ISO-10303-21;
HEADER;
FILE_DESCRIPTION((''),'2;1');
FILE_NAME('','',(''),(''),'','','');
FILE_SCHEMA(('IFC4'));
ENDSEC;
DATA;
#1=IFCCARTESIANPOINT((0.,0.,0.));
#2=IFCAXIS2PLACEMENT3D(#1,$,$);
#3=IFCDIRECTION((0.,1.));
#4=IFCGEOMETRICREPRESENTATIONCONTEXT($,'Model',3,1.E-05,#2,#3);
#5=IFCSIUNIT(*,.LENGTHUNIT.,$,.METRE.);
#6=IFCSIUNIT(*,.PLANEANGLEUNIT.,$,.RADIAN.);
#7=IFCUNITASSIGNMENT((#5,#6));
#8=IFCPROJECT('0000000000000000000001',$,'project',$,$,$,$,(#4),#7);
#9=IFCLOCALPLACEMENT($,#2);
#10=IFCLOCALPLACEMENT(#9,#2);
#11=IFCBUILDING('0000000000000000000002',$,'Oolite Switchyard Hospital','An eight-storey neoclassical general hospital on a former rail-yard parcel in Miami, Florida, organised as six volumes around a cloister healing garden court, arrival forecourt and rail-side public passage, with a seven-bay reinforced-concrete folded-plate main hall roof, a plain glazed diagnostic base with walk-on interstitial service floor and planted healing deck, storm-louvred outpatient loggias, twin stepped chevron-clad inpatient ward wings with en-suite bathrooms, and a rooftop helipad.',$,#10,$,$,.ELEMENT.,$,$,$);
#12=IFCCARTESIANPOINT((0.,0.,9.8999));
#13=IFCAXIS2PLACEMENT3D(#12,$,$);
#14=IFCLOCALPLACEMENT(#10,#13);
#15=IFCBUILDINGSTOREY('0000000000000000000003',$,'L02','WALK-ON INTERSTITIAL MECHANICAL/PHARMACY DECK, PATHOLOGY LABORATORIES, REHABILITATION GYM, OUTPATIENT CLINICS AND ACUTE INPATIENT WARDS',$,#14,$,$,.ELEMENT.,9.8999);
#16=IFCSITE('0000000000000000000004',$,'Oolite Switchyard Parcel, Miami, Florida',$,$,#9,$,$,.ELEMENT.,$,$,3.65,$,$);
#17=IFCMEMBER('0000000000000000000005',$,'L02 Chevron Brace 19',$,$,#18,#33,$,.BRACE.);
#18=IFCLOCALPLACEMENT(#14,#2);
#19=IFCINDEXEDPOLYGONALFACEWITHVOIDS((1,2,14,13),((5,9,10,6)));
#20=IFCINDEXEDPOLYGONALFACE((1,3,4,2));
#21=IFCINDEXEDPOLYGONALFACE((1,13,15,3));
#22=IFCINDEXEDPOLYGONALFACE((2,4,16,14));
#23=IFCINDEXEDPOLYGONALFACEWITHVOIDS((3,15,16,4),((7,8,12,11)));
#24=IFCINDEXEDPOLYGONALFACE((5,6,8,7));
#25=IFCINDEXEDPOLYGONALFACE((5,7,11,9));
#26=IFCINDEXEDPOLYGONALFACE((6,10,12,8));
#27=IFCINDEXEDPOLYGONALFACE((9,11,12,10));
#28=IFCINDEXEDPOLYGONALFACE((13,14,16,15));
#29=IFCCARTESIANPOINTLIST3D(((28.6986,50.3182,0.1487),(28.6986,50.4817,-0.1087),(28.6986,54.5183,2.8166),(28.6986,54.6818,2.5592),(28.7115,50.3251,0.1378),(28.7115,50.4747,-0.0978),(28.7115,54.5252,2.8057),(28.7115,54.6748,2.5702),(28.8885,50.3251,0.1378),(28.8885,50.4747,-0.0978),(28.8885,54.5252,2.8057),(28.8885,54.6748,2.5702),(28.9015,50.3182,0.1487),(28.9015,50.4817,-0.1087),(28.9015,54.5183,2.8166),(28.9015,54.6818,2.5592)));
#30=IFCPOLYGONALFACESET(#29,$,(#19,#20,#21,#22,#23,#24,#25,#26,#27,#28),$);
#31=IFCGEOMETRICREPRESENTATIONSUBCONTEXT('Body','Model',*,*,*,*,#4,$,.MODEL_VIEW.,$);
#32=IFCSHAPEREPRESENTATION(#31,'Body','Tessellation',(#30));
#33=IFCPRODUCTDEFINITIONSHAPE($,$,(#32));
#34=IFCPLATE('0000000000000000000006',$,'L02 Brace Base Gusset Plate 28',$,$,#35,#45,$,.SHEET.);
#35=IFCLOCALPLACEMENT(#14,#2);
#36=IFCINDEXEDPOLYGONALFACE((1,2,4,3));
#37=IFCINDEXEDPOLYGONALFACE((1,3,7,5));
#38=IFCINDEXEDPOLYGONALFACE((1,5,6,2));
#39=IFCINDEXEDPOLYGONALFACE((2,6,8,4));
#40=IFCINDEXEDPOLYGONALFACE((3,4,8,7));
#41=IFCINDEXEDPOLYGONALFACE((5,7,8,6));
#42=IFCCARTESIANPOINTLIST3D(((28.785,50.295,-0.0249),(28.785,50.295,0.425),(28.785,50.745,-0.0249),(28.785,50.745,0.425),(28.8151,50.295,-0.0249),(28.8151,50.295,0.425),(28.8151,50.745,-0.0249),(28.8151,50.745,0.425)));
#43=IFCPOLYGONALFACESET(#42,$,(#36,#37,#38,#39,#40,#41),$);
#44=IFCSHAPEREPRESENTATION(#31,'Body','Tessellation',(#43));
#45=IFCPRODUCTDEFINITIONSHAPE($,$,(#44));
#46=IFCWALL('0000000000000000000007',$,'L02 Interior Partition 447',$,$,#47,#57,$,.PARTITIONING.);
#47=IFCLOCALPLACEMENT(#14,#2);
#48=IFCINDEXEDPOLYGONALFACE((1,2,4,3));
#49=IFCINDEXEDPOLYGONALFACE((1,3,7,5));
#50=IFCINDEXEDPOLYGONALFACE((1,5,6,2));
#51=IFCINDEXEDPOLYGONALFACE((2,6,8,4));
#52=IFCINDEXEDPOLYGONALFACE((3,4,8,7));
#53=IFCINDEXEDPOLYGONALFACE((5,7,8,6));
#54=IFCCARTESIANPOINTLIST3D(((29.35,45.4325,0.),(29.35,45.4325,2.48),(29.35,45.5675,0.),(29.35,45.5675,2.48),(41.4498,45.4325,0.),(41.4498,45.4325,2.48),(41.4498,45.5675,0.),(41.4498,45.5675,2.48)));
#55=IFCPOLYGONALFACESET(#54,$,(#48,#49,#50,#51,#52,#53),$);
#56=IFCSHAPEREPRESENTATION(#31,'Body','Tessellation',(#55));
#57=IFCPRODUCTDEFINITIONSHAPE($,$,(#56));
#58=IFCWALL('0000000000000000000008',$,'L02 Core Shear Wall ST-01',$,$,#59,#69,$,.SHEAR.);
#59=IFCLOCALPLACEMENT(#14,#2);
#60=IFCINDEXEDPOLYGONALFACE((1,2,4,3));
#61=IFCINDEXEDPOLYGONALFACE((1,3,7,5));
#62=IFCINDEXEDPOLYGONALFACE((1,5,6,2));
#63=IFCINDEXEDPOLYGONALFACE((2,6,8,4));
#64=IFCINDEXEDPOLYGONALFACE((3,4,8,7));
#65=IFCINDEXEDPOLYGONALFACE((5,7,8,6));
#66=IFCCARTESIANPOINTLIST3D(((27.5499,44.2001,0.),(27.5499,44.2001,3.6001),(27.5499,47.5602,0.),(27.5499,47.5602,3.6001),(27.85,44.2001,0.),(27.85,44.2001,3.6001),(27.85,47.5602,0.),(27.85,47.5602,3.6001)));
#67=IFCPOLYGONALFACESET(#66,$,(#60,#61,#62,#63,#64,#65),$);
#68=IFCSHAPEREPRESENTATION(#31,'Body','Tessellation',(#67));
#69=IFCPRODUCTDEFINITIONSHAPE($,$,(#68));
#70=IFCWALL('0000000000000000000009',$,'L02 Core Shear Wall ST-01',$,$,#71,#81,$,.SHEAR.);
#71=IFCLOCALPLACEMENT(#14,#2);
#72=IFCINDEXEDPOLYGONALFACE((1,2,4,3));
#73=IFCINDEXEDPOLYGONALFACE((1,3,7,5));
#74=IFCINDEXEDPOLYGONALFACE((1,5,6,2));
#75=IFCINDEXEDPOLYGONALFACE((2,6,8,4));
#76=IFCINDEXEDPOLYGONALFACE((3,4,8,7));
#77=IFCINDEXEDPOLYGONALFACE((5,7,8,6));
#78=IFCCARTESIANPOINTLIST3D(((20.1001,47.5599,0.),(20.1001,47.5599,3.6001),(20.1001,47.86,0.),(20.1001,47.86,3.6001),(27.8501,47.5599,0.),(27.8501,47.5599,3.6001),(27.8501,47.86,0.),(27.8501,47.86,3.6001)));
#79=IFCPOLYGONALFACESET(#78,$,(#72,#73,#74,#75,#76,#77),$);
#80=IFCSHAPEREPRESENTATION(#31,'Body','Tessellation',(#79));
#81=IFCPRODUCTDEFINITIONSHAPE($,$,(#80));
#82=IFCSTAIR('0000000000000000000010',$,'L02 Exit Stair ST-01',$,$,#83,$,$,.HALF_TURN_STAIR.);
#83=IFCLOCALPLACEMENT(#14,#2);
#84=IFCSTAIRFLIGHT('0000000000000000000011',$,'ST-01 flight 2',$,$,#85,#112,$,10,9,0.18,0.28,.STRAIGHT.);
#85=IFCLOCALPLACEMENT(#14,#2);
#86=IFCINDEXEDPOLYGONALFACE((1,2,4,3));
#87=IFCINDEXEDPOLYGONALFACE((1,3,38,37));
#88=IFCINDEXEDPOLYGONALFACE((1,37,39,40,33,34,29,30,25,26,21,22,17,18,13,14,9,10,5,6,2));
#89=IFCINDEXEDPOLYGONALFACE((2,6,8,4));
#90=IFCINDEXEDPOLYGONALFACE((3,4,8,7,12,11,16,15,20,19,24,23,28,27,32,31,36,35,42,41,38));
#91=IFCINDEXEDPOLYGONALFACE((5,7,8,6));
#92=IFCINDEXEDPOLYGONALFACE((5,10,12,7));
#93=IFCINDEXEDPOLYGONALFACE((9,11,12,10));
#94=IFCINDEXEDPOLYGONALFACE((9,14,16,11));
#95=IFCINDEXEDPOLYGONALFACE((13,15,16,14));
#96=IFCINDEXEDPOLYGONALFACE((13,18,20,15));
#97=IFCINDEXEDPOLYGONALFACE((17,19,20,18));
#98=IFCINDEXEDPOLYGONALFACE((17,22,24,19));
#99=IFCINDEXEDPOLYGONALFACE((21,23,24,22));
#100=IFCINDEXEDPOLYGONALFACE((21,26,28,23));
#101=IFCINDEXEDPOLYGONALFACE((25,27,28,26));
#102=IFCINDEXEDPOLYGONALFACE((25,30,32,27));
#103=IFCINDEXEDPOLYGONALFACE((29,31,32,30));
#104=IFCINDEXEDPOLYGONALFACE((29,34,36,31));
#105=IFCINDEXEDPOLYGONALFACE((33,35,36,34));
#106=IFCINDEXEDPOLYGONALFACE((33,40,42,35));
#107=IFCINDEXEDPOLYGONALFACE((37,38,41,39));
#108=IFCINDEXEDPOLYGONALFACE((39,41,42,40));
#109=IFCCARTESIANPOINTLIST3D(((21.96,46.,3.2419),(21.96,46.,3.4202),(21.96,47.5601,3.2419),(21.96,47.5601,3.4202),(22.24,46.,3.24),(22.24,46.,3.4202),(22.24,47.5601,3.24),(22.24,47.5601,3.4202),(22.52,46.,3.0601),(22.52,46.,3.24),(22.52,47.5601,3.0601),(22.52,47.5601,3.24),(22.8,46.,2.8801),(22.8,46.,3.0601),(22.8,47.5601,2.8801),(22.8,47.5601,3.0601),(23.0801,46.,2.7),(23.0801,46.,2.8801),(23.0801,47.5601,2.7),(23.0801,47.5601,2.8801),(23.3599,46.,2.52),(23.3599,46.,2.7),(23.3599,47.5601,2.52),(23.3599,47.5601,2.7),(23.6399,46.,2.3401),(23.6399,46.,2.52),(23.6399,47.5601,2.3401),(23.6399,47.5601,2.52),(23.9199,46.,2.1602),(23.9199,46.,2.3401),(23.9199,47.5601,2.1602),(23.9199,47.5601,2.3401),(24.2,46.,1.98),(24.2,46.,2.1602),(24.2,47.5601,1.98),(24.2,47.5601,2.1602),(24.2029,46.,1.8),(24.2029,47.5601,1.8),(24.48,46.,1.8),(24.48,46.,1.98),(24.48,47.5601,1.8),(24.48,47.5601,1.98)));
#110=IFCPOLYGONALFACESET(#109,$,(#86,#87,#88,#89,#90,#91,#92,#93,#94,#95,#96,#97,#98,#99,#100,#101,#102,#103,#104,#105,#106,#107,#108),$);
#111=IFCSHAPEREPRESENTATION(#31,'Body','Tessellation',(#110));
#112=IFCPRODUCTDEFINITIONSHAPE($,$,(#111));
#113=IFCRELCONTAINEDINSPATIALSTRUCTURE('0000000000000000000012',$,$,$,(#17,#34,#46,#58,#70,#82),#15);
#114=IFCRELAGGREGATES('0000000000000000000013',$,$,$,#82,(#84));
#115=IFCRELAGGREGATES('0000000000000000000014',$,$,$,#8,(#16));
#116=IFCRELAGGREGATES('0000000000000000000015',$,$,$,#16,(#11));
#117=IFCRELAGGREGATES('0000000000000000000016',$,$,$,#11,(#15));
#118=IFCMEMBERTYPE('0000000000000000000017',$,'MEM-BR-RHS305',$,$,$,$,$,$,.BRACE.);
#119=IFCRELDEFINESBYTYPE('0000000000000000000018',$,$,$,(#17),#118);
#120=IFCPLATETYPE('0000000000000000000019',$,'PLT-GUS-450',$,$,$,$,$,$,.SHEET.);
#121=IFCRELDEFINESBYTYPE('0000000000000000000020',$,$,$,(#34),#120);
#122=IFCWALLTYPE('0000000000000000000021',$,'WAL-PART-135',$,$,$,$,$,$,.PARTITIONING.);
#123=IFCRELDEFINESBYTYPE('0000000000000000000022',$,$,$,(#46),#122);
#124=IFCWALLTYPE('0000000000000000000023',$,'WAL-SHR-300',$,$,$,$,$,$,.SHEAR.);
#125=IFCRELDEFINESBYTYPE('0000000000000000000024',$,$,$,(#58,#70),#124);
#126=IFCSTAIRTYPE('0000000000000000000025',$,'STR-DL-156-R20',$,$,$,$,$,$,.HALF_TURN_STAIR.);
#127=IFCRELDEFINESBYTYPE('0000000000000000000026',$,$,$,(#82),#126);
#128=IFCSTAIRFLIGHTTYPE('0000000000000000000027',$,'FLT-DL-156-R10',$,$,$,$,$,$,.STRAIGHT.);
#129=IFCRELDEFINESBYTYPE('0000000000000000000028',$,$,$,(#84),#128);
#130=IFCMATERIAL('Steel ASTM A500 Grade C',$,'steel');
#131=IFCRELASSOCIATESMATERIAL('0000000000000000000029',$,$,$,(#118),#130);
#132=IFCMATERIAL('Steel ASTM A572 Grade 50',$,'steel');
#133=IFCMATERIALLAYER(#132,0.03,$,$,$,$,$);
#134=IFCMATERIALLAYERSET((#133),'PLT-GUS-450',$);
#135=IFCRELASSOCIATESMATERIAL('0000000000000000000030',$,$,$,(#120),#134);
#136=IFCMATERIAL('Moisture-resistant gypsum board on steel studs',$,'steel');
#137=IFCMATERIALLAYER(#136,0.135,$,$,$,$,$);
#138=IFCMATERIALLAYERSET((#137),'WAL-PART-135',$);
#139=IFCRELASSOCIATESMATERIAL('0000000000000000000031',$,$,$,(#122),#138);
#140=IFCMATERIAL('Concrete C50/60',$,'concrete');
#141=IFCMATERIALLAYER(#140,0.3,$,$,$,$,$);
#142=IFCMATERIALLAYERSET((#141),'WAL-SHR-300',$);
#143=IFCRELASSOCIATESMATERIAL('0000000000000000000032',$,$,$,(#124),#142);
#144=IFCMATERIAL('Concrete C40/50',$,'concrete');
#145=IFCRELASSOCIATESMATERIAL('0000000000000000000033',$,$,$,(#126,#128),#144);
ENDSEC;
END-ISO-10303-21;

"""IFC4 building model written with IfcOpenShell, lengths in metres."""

from ifc_helpers import new_model, si_unit, direction, frame, frame_2d, origin, origin_2d, place, context, subcontext, project, spatial, polyline, rectangle, hollow_rectangle, outline, extrude, material, layer, layer_set, material_profile, profile_set, type_object, element, aggregate, save


model = new_model("IFC4")

# Units and contexts
model_context = context("Model", 3, precision=1e-05, world=origin(), true_north=direction((0.0, 1.0)))
body_context = subcontext(model_context, "Body", "Model", "MODEL_VIEW")
ifc_project = project(units=[si_unit("LENGTHUNIT", "METRE"), si_unit("PLANEANGLEUNIT", "RADIAN")], contexts=[model_context])

# Site, building, storey
site_placement = place(None, origin())
site = spatial("IfcSite", under=ifc_project, at=site_placement, Name="Oolite Switchyard Parcel, Miami, Florida", CompositionType="ELEMENT", RefElevation=3.65)
building_placement = place(site_placement, origin())
building = spatial("IfcBuilding", under=site, at=building_placement, Name="Oolite Switchyard Hospital", Description="An eight-storey neoclassical general hospital on a former rail-yard parcel in Miami, Florida, organised as six volumes around a cloister healing garden court, arrival forecourt and rail-side public passage, with a seven-bay reinforced-concrete folded-plate main hall roof, a plain glazed diagnostic base with walk-on interstitial service floor and planted healing deck, storm-louvred outpatient loggias, twin stepped chevron-clad inpatient ward wings with en-suite bathrooms, and a rooftop helipad.", CompositionType="ELEMENT")
storey_placement = place(building_placement, frame((0.0, 0.0, 9.8999)))
storey = spatial("IfcBuildingStorey", under=building, at=storey_placement, Name="L02", Description="WALK-ON INTERSTITIAL MECHANICAL/PHARMACY DECK, PATHOLOGY LABORATORIES, REHABILITATION GYM, OUTPATIENT CLINICS AND ACUTE INPATIENT WARDS", CompositionType="ELEMENT", Elevation=9.8999)

# Shared definitions
ifc_material_1 = material(Name="Concrete C50/60", Category="concrete")

# Shared definitions
ifc_material_2 = material(Name="Concrete C40/50", Category="concrete")

# Member
ifc_material_3 = material(Name="Steel ASTM A500 Grade C", Category="steel")
ifc_material_profile_1 = material_profile(ifc_material_3, hollow_rectangle(XDim=0.2029, YDim=0.3049, WallThickness=0.0129, at=origin_2d()), Name="HSS305X203X13")
ifc_profile_set_1 = profile_set([ifc_material_profile_1], Name="Steel ASTM A500 Grade C")
member_type = type_object("IfcMemberType", Name="MEM-BR-RHS305", PredefinedType="BRACE", material=ifc_profile_set_1)
member_placement = place(storey_placement, frame((28.8, 50.3999, 0.02), z_axis=(0.0, 0.844106, 0.536177), x_axis=(-1.0, 0.0, 0.0)))
element("IfcMember", 1, at=member_placement, inside=storey, type_object=member_type, Name="L02 Chevron Brace 19", PredefinedType="BRACE", context=body_context, shape_type="SweptSolid", body=[
    extrude(hollow_rectangle(XDim=0.2029, YDim=0.3049, WallThickness=0.0129, at=origin_2d()), origin(), (0.0, 0.0, 1.0), 4.9758),
])

# Plate
ifc_material_4 = material(Name="Steel ASTM A572 Grade 50", Category="steel")
ifc_layer_1 = layer(ifc_material_4, 0.03)
ifc_layer_set_1 = layer_set([ifc_layer_1], Name="PLT-GUS-450")
plate_type = type_object("IfcPlateType", Name="PLT-GUS-450", PredefinedType="SHEET", material=ifc_layer_set_1)
plate_placement = place(storey_placement, frame((28.8, 50.52, -0.0249), z_axis=(0.0, 0.0, 1.0), x_axis=(0.0, 1.0, 0.0)))
element("IfcPlate", 2, at=plate_placement, inside=storey, type_object=plate_type, Name="L02 Brace Base Gusset Plate 28", PredefinedType="SHEET", context=body_context, shape_type="SweptSolid", body=[
    extrude(rectangle(XDim=0.45, YDim=0.03, at=origin_2d()), origin(), (0.0, 0.0, 1.0), 0.45),
])

# Wall
ifc_material_5 = material(Name="Moisture-resistant gypsum board on steel studs", Category="steel")
ifc_layer_2 = layer(ifc_material_5, 0.135)
ifc_layer_set_2 = layer_set([ifc_layer_2], Name="WAL-PART-135")
wall_type_1 = type_object("IfcWallType", Name="WAL-PART-135", PredefinedType="PARTITIONING", material=ifc_layer_set_2)
wall_1_placement = place(storey_placement, frame((29.3501, 45.5, 0.0), z_axis=(0.0, 0.0, 1.0), x_axis=(1.0, 0.0, 0.0)))
element("IfcWall", 3, at=wall_1_placement, inside=storey, type_object=wall_type_1, Name="L02 Interior Partition 447", PredefinedType="PARTITIONING", context=body_context, shape_type="SweptSolid", body=[
    extrude(rectangle(XDim=12.0999, YDim=0.135, at=frame_2d((6.0498, 0.0))), origin(), (0.0, 0.0, 1.0), 2.48),
])

# Walls
ifc_layer_3 = layer(ifc_material_1, 0.3)
ifc_layer_set_3 = layer_set([ifc_layer_3], Name="WAL-SHR-300")
wall_type_2 = type_object("IfcWallType", Name="WAL-SHR-300", PredefinedType="SHEAR", material=ifc_layer_set_3)
wall_2_placement = place(storey_placement, frame((27.7, 44.2, 0.0), z_axis=(0.0, 0.0, 1.0), x_axis=(0.0, 1.0, 0.0)))
element("IfcWall", 4, at=wall_2_placement, inside=storey, type_object=wall_type_2, Name="L02 Core Shear Wall ST-01", PredefinedType="SHEAR", context=body_context, shape_type="SweptSolid", body=[
    extrude(rectangle(XDim=3.3601, YDim=0.3, at=frame_2d((1.6802, 0.0))), origin(), (0.0, 0.0, 1.0), 3.6001),
])
wall_3_placement = place(storey_placement, frame((27.8501, 47.71, 0.0), z_axis=(0.0, 0.0, 1.0), x_axis=(-1.0, 0.0, 0.0)))
element("IfcWall", 5, at=wall_3_placement, inside=storey, type_object=wall_type_2, Name="L02 Core Shear Wall ST-01", PredefinedType="SHEAR", context=body_context, shape_type="SweptSolid", body=[
    extrude(rectangle(XDim=7.75, YDim=0.3, at=frame_2d((3.875, 0.0))), origin(), (0.0, 0.0, 1.0), 3.6001),
])

# Stair, stair flight
stair_type = type_object("IfcStairType", Name="STR-DL-156-R20", PredefinedType="HALF_TURN_STAIR", material=ifc_material_2)
stair_placement = place(storey_placement, origin())
stair = element("IfcStair", 6, at=stair_placement, inside=storey, type_object=stair_type, Name="L02 Exit Stair ST-01", PredefinedType="HALF_TURN_STAIR")
stair_flight_type = type_object("IfcStairFlightType", Name="FLT-DL-156-R10", PredefinedType="STRAIGHT", material=ifc_material_2)
stair_flight_placement = place(storey_placement, frame((24.48, 46.78, 1.8), z_axis=(0.0, 0.0, 1.0), x_axis=(-1.0, 0.0, 0.0)))
stair_flight = element("IfcStairFlight", 7, at=stair_flight_placement, type_object=stair_flight_type, Name="ST-01 flight 2", NumberOfRisers=10, NumberOfTreads=9, PredefinedType="STRAIGHT", RiserHeight=0.18, TreadLength=0.28, context=body_context, shape_type="SweptSolid", body=[
    extrude(outline(polyline([(0.0, 0.0), (0.0, 0.1799), (0.28, 0.1799), (0.28, 0.3601), (0.5601, 0.3601), (0.5601, 0.54), (0.8401, 0.54), (0.8401, 0.72), (1.1201, 0.72), (1.1201, 0.8999), (1.3999, 0.8999), (1.3999, 1.0801), (1.6799, 1.0801), (1.6799, 1.26), (1.96, 1.26), (1.96, 1.4399), (2.24, 1.4399), (2.24, 1.6201), (2.52, 1.6201), (2.52, 1.8), (2.52, 1.4419), (0.2771, 0.0), (0.0, 0.0)])), frame((0.0, 0.78, 0.0), z_axis=(0.0, -1.0, 0.0), x_axis=(1.0, 0.0, 0.0)), (0.0, 0.0, 1.0), 1.5601),
])
aggregate(stair, [stair_flight])

save(model, "model.ifc")
